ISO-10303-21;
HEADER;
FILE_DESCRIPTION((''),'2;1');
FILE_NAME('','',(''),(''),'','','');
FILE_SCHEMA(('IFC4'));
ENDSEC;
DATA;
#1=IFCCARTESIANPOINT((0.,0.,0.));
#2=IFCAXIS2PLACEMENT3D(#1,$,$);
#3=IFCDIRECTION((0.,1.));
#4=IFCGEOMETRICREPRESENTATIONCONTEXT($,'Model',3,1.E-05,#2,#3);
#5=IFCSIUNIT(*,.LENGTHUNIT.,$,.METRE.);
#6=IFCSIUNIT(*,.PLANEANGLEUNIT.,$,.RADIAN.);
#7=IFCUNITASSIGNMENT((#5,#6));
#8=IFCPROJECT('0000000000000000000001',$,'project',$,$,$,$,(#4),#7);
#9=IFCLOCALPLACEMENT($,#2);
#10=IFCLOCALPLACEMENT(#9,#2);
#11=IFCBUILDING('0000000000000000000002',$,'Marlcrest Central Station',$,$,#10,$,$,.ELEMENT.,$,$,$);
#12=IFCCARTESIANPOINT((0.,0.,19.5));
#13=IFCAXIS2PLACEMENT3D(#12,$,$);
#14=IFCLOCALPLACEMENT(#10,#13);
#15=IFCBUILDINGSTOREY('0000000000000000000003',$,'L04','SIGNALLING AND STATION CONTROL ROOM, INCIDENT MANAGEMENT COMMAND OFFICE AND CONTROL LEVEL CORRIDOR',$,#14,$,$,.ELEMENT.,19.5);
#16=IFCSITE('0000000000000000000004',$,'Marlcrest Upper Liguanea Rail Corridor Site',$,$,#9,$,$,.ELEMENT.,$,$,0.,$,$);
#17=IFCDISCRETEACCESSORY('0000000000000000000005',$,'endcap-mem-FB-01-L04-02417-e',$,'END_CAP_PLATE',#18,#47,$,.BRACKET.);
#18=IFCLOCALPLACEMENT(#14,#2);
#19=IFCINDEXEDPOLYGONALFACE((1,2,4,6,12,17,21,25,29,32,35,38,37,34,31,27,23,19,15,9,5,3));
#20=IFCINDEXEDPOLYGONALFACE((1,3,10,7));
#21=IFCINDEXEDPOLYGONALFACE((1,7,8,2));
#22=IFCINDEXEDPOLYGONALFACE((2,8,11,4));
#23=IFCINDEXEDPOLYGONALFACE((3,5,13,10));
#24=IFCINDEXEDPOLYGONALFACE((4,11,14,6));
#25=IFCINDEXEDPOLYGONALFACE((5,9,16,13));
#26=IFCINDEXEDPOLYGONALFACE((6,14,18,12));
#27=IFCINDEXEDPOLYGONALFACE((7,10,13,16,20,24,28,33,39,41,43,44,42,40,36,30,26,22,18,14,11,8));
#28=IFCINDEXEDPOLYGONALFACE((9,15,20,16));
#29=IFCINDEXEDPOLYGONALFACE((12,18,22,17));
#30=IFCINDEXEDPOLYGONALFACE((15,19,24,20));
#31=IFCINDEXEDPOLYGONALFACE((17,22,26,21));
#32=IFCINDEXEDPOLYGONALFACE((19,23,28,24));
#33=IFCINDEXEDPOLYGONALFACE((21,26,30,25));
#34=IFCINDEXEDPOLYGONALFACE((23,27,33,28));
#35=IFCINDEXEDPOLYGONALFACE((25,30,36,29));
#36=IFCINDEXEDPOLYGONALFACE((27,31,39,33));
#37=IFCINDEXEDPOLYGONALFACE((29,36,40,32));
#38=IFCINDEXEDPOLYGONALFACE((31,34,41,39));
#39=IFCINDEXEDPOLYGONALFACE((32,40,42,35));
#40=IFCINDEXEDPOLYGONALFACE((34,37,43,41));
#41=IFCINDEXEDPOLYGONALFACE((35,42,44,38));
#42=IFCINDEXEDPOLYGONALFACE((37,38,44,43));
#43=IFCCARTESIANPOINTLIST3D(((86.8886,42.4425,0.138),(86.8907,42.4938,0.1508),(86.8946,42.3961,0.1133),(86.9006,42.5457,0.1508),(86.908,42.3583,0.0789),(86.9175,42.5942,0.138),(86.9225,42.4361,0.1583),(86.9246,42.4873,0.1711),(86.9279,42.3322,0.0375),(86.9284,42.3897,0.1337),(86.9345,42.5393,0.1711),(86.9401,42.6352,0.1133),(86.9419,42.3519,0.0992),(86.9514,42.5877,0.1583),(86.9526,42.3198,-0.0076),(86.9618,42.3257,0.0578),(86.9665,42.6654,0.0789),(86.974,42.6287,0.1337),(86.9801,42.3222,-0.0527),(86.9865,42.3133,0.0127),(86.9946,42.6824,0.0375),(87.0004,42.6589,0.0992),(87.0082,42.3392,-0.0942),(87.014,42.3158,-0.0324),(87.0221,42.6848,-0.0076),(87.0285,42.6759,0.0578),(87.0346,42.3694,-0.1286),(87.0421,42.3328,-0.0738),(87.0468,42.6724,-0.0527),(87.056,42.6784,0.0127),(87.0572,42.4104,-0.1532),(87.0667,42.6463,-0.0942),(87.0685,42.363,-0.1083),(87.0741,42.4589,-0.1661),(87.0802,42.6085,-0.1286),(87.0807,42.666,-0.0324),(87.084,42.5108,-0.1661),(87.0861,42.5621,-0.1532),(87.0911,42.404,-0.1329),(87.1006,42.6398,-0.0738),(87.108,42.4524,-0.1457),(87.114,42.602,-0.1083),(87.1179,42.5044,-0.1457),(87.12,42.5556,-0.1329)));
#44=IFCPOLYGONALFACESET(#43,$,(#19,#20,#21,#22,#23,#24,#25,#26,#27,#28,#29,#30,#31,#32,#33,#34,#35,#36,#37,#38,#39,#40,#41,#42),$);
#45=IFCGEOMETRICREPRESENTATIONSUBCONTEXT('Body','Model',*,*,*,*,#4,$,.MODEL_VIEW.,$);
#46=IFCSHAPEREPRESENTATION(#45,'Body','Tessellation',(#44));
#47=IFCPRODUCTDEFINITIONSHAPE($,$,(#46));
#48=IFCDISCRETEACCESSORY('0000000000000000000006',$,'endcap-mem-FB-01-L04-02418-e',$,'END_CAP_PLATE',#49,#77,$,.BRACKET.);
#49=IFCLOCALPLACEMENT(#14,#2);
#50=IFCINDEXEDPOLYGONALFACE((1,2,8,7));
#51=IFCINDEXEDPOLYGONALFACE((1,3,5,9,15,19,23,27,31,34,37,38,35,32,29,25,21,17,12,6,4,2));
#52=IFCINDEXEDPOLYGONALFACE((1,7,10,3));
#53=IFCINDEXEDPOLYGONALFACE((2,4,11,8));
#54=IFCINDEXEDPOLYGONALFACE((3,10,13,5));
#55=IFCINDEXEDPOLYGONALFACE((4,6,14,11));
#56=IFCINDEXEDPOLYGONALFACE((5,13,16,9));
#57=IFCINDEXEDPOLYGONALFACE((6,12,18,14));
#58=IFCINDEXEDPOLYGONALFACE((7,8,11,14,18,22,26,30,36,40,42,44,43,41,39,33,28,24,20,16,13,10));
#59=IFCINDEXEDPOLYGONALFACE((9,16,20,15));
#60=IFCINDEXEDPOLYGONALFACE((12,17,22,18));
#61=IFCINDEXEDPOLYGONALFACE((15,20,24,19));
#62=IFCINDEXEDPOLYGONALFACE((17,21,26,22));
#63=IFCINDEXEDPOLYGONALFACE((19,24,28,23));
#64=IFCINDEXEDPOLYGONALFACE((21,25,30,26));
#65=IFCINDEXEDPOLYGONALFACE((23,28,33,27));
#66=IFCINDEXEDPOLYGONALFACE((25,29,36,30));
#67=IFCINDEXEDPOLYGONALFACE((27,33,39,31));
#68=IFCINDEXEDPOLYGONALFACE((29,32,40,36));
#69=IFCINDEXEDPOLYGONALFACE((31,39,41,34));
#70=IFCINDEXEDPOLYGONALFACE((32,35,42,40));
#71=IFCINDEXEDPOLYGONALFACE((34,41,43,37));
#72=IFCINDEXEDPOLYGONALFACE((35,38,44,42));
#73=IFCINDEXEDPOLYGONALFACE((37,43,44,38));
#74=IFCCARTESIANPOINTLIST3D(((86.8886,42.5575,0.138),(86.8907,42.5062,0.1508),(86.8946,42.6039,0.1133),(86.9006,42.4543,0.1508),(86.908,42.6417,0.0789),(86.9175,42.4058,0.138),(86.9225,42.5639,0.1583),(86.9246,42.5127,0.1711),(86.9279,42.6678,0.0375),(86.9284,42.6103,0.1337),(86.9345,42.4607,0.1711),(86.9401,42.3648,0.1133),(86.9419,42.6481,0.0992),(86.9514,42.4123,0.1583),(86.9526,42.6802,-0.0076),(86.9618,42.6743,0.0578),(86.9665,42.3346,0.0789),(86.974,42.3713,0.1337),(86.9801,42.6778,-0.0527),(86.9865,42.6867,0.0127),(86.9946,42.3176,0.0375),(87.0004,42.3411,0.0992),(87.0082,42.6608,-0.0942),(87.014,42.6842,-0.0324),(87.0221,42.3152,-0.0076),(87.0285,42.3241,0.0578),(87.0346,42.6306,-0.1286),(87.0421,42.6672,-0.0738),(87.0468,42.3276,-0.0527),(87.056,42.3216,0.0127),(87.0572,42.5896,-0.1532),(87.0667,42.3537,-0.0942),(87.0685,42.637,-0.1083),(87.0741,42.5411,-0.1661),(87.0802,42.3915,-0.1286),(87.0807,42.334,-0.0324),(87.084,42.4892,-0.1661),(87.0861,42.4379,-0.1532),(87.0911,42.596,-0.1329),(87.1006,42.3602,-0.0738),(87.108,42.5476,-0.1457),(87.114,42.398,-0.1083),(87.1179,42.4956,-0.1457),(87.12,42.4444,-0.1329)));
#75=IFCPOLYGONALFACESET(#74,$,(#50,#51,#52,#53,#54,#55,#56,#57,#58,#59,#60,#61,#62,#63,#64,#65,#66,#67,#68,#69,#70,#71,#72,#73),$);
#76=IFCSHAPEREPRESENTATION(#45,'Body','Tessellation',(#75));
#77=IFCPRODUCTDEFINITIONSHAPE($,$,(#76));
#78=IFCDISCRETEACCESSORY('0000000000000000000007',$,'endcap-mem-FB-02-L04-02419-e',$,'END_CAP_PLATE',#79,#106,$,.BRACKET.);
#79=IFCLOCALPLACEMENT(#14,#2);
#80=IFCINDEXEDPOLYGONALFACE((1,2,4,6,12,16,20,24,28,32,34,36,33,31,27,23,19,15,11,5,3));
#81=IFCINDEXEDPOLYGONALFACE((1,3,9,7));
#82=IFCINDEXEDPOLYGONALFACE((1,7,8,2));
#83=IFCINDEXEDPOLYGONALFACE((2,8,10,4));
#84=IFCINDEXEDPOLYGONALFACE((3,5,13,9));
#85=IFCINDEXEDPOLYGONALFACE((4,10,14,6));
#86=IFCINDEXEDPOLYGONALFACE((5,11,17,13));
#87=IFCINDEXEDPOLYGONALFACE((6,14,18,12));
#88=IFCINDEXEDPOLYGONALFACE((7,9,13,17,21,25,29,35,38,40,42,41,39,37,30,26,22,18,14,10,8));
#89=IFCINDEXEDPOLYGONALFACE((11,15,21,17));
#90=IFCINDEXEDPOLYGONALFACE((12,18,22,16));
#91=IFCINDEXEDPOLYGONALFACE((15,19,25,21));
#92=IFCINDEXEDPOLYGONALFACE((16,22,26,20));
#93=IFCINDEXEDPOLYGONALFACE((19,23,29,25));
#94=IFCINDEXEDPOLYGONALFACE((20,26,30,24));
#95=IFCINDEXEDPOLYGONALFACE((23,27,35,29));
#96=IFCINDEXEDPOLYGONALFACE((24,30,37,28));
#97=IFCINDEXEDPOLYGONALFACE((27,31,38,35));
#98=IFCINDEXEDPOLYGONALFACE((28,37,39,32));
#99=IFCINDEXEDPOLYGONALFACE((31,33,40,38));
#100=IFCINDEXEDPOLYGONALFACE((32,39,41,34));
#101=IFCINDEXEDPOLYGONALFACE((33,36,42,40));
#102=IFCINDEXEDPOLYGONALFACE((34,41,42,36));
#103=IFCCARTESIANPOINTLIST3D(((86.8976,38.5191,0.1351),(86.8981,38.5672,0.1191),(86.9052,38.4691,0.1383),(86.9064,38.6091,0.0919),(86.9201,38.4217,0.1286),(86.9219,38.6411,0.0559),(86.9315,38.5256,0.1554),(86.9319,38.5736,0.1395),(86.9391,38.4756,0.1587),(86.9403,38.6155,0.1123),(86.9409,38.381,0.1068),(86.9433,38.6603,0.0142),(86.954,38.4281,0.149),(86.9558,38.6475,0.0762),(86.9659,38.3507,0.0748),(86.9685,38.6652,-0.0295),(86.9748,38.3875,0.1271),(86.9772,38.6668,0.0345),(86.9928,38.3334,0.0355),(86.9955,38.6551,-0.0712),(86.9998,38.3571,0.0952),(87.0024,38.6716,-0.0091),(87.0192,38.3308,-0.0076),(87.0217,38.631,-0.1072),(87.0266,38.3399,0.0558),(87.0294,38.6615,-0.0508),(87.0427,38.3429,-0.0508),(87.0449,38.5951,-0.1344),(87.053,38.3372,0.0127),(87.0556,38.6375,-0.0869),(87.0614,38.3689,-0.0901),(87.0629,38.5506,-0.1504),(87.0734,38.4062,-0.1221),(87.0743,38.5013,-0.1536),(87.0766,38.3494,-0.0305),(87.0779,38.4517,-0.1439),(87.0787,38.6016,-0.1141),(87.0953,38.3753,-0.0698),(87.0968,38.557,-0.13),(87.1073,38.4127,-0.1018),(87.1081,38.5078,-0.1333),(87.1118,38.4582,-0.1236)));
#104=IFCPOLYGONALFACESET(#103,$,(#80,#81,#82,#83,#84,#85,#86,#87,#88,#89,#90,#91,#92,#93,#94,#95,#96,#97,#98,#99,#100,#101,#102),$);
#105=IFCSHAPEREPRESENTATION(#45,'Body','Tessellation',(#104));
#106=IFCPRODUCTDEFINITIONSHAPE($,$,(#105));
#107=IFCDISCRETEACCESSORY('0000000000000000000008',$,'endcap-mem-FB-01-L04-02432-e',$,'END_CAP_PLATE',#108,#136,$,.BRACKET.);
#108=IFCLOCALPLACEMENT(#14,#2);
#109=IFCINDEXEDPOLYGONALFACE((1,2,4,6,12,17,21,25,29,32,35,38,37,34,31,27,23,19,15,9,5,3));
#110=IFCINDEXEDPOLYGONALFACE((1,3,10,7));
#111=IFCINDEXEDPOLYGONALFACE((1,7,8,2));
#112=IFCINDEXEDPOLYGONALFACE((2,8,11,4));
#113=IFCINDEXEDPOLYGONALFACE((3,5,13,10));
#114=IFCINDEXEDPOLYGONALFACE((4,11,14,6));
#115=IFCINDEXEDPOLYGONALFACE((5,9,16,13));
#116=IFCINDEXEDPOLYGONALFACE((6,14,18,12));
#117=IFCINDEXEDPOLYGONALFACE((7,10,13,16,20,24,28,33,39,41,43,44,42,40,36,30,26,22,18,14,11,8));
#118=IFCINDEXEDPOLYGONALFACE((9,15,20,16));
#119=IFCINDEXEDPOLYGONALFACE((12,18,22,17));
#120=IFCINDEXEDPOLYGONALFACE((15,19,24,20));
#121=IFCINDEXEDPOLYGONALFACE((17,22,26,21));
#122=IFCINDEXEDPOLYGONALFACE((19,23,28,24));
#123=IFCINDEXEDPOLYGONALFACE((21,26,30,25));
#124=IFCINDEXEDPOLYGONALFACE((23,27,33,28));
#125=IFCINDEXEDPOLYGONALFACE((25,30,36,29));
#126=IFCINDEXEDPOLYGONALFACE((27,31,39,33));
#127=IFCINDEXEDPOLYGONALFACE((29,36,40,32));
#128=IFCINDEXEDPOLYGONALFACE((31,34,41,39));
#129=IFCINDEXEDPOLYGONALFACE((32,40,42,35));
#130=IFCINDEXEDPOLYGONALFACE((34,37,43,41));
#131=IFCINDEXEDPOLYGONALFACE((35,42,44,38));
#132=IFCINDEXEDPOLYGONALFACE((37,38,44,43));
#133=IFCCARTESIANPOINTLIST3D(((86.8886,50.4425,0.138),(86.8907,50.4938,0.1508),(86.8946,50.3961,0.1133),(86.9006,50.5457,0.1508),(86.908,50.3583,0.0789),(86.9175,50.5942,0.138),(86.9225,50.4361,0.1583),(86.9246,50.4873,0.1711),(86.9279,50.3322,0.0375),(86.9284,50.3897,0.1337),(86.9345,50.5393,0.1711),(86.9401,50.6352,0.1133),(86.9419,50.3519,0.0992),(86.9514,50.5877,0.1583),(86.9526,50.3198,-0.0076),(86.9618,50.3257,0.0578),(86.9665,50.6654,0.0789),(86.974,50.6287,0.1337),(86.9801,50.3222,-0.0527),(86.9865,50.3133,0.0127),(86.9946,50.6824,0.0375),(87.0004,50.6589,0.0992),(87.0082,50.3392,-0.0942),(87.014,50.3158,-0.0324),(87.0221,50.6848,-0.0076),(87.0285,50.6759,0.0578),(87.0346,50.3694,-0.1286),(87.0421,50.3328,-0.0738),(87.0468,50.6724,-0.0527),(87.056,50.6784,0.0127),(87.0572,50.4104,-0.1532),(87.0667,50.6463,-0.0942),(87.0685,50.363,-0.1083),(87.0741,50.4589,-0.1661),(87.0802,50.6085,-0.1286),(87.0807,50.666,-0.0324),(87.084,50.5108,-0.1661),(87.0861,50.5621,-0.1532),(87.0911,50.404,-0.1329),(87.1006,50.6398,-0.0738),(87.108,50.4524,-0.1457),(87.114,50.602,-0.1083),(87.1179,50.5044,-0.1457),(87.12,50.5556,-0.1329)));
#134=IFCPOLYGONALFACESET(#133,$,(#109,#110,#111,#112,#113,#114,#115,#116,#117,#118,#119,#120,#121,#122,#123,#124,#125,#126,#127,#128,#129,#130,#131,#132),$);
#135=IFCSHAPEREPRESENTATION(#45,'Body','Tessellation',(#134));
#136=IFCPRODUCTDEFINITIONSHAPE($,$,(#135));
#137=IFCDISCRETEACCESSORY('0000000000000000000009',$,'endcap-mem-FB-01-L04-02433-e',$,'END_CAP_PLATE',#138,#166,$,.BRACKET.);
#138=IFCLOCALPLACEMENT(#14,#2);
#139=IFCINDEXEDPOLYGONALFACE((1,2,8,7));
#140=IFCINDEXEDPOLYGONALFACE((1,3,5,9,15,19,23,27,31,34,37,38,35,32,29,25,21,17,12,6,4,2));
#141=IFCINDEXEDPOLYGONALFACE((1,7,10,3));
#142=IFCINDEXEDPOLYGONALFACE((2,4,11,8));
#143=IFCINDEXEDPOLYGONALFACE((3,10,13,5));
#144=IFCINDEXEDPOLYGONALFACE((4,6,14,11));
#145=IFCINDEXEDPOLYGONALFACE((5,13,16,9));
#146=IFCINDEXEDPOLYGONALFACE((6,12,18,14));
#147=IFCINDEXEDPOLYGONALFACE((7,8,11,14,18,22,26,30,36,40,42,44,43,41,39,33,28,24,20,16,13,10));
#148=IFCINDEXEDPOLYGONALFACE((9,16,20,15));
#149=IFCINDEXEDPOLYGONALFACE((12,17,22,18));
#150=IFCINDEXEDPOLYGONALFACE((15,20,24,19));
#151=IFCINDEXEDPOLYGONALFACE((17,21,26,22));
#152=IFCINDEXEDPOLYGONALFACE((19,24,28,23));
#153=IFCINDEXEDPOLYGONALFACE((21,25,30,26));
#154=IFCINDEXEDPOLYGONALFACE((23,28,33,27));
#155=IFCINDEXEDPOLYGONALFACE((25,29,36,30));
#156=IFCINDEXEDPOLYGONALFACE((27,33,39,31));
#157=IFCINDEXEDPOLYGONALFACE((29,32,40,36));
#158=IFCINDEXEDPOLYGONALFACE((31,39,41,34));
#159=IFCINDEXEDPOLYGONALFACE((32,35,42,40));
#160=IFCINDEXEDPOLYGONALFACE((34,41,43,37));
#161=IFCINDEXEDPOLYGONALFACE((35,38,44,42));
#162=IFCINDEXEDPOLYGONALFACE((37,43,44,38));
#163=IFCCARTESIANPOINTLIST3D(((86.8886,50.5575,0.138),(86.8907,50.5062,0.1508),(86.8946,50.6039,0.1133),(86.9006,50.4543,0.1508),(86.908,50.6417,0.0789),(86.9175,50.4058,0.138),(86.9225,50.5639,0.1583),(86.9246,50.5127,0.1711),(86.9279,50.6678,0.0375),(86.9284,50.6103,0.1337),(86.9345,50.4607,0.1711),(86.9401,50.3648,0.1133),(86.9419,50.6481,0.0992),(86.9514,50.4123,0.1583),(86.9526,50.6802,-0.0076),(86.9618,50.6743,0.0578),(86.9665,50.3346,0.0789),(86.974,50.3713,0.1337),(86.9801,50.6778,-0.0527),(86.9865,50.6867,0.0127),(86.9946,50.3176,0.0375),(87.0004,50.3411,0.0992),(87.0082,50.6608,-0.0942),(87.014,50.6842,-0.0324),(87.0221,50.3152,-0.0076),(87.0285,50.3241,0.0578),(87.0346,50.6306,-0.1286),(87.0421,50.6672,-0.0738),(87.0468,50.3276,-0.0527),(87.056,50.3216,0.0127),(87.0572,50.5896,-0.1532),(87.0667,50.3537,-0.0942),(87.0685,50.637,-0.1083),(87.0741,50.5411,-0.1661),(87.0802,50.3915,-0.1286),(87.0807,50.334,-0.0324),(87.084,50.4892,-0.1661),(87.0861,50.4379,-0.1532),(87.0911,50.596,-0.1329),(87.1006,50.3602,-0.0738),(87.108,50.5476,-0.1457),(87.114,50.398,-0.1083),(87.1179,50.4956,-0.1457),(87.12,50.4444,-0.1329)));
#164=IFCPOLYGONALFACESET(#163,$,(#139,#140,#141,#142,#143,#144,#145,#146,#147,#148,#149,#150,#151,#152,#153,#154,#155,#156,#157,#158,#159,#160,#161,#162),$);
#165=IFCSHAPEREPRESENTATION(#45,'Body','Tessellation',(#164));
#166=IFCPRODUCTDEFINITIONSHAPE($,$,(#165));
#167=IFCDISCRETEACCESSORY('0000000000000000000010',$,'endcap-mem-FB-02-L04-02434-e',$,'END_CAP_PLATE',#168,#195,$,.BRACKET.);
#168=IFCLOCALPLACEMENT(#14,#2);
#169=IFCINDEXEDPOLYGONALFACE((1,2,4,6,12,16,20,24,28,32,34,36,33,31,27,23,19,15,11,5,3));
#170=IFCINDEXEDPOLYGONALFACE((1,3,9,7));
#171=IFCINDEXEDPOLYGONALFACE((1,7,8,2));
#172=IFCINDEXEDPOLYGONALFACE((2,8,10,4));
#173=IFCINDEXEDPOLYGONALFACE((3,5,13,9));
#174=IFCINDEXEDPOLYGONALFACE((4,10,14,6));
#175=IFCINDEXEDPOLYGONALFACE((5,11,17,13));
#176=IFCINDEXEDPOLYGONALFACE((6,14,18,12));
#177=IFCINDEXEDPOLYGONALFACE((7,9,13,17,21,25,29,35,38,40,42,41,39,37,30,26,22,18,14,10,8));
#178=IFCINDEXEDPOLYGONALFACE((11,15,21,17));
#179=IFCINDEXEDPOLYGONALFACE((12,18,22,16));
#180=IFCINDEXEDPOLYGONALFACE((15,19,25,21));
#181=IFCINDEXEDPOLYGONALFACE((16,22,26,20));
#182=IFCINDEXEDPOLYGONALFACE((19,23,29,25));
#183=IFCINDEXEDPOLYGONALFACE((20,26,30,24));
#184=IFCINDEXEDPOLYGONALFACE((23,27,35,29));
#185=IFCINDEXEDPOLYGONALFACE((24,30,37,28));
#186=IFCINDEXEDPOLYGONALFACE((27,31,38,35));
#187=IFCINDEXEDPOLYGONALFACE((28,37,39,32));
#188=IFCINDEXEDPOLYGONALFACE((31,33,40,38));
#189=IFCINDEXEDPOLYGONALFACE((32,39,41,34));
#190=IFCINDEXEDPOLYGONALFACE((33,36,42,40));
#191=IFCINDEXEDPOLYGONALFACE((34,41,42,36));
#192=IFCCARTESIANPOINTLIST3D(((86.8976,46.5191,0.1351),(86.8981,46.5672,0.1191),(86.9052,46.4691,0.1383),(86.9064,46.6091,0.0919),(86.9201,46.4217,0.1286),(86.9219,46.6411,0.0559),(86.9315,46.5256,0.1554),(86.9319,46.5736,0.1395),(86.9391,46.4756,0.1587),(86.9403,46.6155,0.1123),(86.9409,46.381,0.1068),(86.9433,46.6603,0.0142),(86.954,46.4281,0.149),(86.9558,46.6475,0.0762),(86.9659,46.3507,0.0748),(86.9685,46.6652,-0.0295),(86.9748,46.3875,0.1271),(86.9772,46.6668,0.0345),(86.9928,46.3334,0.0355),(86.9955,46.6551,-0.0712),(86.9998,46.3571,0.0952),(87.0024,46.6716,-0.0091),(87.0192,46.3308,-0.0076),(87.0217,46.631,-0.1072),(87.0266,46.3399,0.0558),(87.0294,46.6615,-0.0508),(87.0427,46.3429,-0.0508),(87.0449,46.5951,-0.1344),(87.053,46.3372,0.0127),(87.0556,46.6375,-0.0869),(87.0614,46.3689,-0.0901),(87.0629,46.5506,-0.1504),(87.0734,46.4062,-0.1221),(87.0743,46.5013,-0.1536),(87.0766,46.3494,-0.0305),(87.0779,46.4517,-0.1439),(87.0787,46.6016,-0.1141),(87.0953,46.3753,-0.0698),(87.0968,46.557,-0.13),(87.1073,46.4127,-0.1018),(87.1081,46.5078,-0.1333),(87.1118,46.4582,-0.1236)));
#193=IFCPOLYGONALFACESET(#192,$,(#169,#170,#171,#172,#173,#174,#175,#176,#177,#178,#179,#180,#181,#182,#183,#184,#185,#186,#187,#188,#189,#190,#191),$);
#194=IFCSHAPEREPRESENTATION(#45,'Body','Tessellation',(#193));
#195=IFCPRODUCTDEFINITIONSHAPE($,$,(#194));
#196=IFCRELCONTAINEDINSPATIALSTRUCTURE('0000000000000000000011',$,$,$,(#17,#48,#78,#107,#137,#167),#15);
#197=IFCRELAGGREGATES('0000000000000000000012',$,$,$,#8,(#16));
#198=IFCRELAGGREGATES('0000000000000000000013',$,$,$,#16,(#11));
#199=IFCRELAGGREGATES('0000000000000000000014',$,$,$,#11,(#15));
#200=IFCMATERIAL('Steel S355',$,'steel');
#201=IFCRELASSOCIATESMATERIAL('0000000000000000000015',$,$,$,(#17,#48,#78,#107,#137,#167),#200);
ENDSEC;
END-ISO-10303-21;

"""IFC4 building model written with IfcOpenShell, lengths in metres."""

from ifc_helpers import new_model, si_unit, direction, frame, origin, origin_2d, place, context, subcontext, project, spatial, circle, extrude, material, element, save


model = new_model("IFC4")

# Units and contexts
model_context = context("Model", 3, precision=1e-05, world=origin(), true_north=direction((0.0, 1.0)))
body_context = subcontext(model_context, "Body", "Model", "MODEL_VIEW")
ifc_project = project(units=[si_unit("LENGTHUNIT", "METRE"), si_unit("PLANEANGLEUNIT", "RADIAN")], contexts=[model_context])

# Site, building, storey
site_placement = place(None, origin())
site = spatial("IfcSite", under=ifc_project, at=site_placement, Name="Marlcrest Upper Liguanea Rail Corridor Site", CompositionType="ELEMENT", RefElevation=0.0)
building_placement = place(site_placement, origin())
building = spatial("IfcBuilding", under=site, at=building_placement, Name="Marlcrest Central Station", CompositionType="ELEMENT")
storey_placement = place(building_placement, frame((0.0, 0.0, 19.5)))
storey = spatial("IfcBuildingStorey", under=building, at=storey_placement, Name="L04", Description="SIGNALLING AND STATION CONTROL ROOM, INCIDENT MANAGEMENT COMMAND OFFICE AND CONTROL LEVEL CORRIDOR", CompositionType="ELEMENT", Elevation=19.5)

# Shared definitions
ifc_material_1 = material(Name="Steel S355", Category="steel")

# Discrete accessories
for number, where, z_axis, x_axis, name in (
    (1, (87.0212, 42.4958, 0.0127), (-0.846277, 0.161196, -0.50777), (-0.187112, -0.982339, 0.0), "endcap-mem-FB-01-L04-02417-e"),
    (2, (87.0212, 42.5042, 0.0127), (-0.846277, -0.161196, -0.50777), (0.187112, -0.982339, 0.0), "endcap-mem-FB-01-L04-02418-e"),
):
    element("IfcDiscreteAccessory", number, at=place(storey_placement, frame(where, z_axis=z_axis, x_axis=x_axis)), inside=storey, material=ifc_material_1, Name=name, ObjectType="END_CAP_PLATE", PredefinedType="BRACKET", context=body_context, shape_type="SweptSolid", body=[
        extrude(circle(Radius=0.1858, at=origin_2d()), origin(), (0.0, 0.0, 1.0), 0.04),
    ])
discrete_accessory_1_placement = place(storey_placement, frame((87.0212, 38.5042, 0.0127), z_axis=(-0.846277, -0.161196, -0.50777), x_axis=(0.187112, -0.982339, 0.0)))
element("IfcDiscreteAccessory", 3, at=discrete_accessory_1_placement, inside=storey, material=ifc_material_1, Name="endcap-mem-FB-02-L04-02419-e", ObjectType="END_CAP_PLATE", PredefinedType="BRACKET", context=body_context, shape_type="SweptSolid", body=[
    extrude(circle(Radius=0.1699, at=origin_2d()), origin(), (0.0, 0.0, 1.0), 0.04),
])
for number, where, z_axis, x_axis, name in (
    (4, (87.0212, 50.4958, 0.0127), (-0.846277, 0.161196, -0.50777), (-0.187112, -0.982339, 0.0), "endcap-mem-FB-01-L04-02432-e"),
    (5, (87.0212, 50.5042, 0.0127), (-0.846277, -0.161196, -0.50777), (0.187112, -0.982339, 0.0), "endcap-mem-FB-01-L04-02433-e"),
):
    element("IfcDiscreteAccessory", number, at=place(storey_placement, frame(where, z_axis=z_axis, x_axis=x_axis)), inside=storey, material=ifc_material_1, Name=name, ObjectType="END_CAP_PLATE", PredefinedType="BRACKET", context=body_context, shape_type="SweptSolid", body=[
        extrude(circle(Radius=0.1858, at=origin_2d()), origin(), (0.0, 0.0, 1.0), 0.04),
    ])
discrete_accessory_2_placement = place(storey_placement, frame((87.0212, 46.5042, 0.0127), z_axis=(-0.846277, -0.161196, -0.50777), x_axis=(0.187112, -0.982339, 0.0)))
element("IfcDiscreteAccessory", 6, at=discrete_accessory_2_placement, inside=storey, material=ifc_material_1, Name="endcap-mem-FB-02-L04-02434-e", ObjectType="END_CAP_PLATE", PredefinedType="BRACKET", context=body_context, shape_type="SweptSolid", body=[
    extrude(circle(Radius=0.1699, at=origin_2d()), origin(), (0.0, 0.0, 1.0), 0.04),
])

save(model, "model.ifc")
